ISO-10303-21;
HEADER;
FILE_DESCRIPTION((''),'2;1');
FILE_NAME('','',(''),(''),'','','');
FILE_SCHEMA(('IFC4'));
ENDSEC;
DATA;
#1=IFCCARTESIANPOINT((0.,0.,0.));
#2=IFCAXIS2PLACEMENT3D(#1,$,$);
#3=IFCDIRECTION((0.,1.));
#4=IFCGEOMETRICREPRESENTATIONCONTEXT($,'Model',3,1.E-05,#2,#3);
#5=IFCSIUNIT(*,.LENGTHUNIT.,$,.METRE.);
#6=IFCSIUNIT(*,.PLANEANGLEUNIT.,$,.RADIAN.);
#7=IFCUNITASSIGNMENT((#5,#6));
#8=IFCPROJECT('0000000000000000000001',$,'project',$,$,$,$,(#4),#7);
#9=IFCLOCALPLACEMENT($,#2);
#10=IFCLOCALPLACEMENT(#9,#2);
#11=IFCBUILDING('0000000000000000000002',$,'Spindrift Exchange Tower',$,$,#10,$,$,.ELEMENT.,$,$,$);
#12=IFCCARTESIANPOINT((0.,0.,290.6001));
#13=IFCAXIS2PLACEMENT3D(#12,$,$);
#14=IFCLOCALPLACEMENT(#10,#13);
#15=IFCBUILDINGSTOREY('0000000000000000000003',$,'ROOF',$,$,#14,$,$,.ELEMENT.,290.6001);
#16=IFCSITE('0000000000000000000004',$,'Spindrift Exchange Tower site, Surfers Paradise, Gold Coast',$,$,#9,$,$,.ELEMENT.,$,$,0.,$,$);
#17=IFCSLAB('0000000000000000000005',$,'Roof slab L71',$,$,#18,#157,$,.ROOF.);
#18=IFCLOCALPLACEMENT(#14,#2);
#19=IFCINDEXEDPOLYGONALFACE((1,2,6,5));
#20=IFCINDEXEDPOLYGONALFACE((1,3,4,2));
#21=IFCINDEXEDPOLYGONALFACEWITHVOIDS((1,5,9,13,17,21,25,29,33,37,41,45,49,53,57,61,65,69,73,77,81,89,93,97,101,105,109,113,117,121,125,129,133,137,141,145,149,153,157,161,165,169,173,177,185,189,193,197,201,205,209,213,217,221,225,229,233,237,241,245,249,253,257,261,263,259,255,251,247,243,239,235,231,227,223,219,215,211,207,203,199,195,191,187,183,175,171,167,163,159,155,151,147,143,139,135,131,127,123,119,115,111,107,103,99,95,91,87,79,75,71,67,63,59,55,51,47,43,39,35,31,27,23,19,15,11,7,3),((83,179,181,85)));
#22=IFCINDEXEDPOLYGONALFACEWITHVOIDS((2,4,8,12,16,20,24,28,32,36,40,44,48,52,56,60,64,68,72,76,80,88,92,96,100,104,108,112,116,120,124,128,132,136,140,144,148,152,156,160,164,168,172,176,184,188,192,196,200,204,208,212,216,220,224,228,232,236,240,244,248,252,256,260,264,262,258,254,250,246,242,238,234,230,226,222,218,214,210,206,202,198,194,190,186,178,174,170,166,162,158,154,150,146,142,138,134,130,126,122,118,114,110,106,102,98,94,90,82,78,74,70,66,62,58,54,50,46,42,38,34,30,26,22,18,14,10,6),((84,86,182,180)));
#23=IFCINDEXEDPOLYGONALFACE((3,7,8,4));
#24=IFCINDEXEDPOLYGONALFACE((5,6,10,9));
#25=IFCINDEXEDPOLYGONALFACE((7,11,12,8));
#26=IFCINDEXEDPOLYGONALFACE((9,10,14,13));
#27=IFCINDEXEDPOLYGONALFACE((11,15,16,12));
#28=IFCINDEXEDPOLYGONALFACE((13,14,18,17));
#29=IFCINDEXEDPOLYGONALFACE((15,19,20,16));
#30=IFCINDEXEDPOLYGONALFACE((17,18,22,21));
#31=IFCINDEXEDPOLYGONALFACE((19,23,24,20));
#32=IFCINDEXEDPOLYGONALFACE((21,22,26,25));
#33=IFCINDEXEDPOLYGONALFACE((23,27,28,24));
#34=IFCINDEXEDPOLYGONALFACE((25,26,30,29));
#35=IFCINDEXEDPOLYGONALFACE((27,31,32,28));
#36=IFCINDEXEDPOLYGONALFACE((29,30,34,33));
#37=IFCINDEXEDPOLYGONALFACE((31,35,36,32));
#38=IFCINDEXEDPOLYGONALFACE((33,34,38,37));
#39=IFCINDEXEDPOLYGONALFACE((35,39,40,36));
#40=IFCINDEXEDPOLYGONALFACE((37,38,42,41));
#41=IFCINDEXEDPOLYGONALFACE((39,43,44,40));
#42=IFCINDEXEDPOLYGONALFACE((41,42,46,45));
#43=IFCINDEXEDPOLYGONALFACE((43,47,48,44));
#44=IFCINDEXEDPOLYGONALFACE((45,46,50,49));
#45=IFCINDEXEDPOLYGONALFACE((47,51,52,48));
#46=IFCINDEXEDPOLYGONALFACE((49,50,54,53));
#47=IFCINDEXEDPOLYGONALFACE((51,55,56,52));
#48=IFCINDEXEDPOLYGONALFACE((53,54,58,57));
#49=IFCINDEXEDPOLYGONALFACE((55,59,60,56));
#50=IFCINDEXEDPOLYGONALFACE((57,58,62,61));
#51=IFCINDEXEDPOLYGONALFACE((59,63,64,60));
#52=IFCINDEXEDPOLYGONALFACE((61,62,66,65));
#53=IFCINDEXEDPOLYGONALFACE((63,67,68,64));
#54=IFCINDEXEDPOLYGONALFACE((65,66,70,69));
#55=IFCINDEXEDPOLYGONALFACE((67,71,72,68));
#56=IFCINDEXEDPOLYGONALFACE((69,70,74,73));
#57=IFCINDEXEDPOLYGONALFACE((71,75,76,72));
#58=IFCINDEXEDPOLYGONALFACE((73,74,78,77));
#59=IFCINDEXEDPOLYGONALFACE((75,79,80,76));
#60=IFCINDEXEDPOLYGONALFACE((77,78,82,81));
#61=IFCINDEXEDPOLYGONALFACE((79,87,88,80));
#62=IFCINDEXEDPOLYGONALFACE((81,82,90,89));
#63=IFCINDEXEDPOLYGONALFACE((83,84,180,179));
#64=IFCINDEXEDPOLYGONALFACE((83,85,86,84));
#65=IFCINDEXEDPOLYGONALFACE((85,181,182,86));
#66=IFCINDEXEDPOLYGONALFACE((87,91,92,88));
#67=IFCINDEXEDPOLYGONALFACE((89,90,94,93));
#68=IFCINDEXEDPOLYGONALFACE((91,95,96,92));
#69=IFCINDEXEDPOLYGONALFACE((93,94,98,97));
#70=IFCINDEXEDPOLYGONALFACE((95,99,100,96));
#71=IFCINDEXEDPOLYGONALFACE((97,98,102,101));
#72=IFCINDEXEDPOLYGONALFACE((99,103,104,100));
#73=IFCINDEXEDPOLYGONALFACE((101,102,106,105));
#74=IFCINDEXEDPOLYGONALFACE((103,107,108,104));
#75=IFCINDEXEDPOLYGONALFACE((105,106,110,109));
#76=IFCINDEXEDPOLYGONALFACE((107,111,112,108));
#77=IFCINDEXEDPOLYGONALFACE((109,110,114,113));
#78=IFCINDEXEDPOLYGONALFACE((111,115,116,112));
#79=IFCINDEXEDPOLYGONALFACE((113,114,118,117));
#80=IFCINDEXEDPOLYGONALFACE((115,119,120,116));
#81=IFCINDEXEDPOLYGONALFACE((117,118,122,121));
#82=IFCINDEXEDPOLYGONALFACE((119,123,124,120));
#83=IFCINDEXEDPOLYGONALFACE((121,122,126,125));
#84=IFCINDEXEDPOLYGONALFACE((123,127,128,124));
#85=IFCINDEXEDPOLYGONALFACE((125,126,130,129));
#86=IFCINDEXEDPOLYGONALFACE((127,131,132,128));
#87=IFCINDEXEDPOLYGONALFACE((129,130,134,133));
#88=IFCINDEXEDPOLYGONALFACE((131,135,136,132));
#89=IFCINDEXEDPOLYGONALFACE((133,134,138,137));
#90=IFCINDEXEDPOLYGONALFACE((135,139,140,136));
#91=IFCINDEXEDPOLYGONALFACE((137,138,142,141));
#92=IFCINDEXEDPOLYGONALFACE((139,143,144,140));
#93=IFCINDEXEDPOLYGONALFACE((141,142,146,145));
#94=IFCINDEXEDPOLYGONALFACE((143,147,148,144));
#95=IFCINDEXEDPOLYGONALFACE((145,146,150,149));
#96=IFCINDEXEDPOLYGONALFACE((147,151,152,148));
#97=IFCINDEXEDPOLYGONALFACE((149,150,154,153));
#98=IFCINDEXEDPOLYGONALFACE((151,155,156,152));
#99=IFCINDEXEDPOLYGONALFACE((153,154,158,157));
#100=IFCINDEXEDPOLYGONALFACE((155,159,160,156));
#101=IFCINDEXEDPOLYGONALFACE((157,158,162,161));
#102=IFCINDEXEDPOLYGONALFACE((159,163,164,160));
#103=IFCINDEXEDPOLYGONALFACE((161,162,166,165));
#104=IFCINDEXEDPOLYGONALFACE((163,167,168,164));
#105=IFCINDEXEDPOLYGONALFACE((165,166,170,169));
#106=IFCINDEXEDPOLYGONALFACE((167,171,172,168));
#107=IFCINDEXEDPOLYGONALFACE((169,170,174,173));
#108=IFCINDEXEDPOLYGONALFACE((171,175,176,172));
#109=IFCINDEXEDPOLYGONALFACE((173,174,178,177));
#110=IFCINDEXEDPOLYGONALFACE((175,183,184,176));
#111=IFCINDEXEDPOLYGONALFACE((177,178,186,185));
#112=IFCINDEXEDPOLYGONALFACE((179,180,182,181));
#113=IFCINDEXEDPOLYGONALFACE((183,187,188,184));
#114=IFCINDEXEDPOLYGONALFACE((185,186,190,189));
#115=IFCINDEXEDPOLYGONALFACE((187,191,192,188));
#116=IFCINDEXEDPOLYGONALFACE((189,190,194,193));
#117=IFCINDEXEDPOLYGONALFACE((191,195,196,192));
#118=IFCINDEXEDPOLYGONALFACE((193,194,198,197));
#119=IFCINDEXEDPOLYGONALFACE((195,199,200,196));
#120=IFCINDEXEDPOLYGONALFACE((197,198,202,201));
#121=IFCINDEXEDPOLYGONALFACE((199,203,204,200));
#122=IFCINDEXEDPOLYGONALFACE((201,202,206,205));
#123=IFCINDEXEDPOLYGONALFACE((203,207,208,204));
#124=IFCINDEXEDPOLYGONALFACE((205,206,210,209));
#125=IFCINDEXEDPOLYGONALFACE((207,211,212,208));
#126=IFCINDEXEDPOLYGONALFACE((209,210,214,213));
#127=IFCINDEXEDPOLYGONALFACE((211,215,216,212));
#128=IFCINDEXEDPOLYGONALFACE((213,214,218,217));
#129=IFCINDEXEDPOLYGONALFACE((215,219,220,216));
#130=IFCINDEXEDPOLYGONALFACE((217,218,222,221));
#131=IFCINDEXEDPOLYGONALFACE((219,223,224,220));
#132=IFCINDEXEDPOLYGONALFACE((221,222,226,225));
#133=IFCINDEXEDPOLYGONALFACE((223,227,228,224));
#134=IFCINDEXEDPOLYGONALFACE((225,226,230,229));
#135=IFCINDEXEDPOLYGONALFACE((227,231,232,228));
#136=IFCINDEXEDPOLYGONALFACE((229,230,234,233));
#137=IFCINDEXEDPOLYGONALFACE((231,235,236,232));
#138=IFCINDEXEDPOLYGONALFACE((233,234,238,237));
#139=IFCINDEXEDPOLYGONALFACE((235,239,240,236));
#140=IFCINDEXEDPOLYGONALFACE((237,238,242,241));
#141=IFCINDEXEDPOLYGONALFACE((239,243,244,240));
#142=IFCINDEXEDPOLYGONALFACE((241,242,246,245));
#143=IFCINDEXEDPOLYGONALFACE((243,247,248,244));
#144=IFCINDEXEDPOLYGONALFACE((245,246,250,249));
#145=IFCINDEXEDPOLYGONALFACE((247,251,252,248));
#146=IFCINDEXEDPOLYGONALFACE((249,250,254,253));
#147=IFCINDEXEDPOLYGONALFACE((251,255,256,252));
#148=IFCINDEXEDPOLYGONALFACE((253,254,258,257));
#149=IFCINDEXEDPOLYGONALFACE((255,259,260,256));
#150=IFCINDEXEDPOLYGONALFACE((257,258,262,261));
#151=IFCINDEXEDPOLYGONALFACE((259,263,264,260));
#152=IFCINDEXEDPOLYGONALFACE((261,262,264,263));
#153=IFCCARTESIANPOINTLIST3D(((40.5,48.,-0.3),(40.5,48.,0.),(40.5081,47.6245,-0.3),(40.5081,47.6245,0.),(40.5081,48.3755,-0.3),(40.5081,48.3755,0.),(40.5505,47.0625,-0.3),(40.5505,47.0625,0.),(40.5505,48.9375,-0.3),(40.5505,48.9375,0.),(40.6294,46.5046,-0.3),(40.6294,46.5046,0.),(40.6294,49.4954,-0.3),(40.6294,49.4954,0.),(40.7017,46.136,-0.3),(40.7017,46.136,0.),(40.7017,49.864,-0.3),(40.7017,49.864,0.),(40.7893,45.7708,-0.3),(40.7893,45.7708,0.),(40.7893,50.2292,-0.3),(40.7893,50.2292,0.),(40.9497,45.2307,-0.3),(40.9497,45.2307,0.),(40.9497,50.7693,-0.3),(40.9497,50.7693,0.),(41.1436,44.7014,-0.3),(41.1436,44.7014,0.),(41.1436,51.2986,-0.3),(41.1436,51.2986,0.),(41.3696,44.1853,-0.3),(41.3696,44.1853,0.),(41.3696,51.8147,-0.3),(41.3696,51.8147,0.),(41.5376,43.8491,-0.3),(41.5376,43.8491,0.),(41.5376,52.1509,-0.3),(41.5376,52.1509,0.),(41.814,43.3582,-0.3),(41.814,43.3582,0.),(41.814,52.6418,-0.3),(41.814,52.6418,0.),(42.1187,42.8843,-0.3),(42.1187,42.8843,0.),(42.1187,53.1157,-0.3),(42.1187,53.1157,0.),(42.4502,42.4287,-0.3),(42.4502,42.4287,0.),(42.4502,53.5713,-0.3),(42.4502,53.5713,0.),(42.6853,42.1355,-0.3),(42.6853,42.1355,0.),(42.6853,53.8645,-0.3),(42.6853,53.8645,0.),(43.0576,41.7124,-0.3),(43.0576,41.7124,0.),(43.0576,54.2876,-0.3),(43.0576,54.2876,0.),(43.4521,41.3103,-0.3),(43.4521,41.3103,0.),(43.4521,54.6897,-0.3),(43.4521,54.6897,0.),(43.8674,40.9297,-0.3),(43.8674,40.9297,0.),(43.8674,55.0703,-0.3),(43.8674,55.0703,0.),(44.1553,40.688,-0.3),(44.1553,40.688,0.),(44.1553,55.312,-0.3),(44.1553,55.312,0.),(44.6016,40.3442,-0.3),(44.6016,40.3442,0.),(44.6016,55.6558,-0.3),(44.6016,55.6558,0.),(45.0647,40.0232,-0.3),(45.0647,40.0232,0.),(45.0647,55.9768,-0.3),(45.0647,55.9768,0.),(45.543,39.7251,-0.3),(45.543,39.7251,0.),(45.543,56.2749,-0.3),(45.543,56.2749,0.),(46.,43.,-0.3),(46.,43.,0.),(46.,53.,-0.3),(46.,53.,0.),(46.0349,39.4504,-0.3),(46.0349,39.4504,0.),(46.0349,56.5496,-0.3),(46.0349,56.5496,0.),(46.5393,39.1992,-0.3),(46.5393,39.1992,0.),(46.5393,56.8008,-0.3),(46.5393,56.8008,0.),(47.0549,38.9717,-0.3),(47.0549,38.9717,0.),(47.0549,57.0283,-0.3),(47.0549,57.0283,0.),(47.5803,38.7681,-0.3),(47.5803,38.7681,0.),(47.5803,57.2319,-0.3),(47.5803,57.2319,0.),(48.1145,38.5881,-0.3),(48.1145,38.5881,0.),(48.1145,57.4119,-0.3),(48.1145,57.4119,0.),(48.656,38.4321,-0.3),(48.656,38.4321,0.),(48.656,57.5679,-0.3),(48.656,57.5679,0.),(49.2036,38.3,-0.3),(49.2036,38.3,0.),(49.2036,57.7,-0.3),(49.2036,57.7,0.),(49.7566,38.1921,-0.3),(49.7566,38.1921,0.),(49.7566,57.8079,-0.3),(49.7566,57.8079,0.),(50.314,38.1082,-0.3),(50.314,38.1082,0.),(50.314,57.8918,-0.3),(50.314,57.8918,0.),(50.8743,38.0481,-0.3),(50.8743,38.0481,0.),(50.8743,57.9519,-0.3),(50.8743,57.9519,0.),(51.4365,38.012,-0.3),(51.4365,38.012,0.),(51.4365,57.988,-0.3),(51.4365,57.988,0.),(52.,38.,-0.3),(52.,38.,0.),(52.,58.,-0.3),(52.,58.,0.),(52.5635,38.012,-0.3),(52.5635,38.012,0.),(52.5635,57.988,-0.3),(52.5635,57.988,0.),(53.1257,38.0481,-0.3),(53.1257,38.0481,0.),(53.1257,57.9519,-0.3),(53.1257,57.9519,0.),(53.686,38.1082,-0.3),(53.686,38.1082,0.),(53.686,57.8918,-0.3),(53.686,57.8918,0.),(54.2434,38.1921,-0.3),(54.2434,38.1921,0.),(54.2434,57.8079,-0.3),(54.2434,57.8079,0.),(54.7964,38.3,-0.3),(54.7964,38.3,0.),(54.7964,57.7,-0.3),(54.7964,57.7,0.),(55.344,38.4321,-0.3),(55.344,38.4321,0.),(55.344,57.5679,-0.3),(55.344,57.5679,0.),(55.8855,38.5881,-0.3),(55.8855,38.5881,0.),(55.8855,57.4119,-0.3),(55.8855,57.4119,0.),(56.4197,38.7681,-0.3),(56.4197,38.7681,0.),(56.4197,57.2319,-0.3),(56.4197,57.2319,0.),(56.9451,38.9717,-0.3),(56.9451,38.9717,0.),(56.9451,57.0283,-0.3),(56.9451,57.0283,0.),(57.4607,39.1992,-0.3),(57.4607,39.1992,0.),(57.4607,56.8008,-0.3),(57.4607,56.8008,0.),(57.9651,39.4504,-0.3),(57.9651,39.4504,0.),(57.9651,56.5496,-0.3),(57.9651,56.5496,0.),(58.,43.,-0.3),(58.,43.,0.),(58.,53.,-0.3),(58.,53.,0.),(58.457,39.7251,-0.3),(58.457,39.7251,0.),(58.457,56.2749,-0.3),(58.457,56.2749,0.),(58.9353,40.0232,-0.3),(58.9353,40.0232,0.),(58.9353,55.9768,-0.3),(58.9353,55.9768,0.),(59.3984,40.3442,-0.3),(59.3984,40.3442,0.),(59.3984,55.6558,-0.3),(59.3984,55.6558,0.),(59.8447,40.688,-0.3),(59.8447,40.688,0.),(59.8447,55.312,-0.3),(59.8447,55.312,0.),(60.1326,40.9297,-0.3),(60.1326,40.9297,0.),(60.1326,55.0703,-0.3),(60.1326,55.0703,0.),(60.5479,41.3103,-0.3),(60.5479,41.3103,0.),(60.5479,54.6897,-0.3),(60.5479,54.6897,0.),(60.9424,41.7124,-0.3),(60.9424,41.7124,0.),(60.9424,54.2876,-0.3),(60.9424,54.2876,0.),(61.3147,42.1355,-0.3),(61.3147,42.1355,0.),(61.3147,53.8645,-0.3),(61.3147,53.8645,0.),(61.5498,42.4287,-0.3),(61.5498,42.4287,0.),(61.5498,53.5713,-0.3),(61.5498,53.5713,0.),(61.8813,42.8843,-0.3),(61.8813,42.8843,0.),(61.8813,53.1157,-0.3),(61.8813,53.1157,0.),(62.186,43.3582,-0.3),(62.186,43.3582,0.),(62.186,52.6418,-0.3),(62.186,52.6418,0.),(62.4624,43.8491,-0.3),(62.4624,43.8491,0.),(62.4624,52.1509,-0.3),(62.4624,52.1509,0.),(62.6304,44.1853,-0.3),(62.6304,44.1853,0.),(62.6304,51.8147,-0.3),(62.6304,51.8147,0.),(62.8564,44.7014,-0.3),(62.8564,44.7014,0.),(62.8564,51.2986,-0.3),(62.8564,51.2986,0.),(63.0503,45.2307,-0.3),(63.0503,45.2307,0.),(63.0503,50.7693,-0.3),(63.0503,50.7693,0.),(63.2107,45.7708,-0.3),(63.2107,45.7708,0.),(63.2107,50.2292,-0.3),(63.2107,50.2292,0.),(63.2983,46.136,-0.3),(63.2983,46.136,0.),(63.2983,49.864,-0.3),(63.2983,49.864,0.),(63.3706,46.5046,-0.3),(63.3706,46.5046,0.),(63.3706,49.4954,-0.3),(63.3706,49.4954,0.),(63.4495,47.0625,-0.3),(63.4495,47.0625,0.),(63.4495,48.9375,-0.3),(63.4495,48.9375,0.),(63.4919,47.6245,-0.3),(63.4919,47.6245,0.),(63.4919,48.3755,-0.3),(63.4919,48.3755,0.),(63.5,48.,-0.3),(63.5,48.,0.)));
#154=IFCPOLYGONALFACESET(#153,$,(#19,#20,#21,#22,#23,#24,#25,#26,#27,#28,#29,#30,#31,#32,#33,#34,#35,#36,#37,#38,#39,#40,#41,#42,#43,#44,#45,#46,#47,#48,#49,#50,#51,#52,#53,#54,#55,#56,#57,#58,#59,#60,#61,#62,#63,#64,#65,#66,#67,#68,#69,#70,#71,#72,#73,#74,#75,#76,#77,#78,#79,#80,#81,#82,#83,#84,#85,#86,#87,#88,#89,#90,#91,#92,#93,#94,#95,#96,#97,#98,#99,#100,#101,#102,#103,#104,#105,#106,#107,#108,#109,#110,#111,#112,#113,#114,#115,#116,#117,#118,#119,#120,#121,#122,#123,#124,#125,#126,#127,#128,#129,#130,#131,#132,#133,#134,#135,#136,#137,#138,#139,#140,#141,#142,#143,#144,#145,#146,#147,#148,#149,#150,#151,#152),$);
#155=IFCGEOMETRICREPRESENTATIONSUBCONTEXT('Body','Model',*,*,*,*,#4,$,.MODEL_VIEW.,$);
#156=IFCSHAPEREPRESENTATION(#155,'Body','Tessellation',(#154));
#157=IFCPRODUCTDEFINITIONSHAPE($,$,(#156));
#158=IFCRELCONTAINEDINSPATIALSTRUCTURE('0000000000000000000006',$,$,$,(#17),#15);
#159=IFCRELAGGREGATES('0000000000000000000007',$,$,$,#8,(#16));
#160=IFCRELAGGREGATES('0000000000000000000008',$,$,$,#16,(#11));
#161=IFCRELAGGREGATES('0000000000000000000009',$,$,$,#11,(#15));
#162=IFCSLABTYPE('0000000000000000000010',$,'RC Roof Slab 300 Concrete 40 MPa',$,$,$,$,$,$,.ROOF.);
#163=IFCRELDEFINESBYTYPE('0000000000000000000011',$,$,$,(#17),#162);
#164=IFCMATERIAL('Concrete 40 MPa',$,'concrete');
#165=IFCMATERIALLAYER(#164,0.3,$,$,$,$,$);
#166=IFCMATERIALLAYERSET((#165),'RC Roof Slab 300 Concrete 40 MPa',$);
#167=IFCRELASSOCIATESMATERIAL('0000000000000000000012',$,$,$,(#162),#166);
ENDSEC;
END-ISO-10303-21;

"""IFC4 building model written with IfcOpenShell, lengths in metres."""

from ifc_helpers import new_model, si_unit, direction, frame, origin, place, context, subcontext, project, spatial, line, indexed_curve, outline, extrude, material, layer, layer_set, type_object, element, save


model = new_model("IFC4")

# Units and contexts
model_context = context("Model", 3, precision=1e-05, world=origin(), true_north=direction((0.0, 1.0)))
body_context = subcontext(model_context, "Body", "Model", "MODEL_VIEW")
ifc_project = project(units=[si_unit("LENGTHUNIT", "METRE"), si_unit("PLANEANGLEUNIT", "RADIAN")], contexts=[model_context])

# Site, building, storey
site_placement = place(None, origin())
site = spatial("IfcSite", under=ifc_project, at=site_placement, Name="Spindrift Exchange Tower site, Surfers Paradise, Gold Coast", CompositionType="ELEMENT", RefElevation=0.0)
building_placement = place(site_placement, origin())
building = spatial("IfcBuilding", under=site, at=building_placement, Name="Spindrift Exchange Tower", CompositionType="ELEMENT")
storey_placement = place(building_placement, frame((0.0, 0.0, 290.6001)))
storey = spatial("IfcBuildingStorey", under=building, at=storey_placement, Name="ROOF", CompositionType="ELEMENT", Elevation=290.6001)

# Slab
ifc_material_1 = material(Name="Concrete 40 MPa", Category="concrete")
ifc_layer_1 = layer(ifc_material_1, 0.3)
ifc_layer_set_1 = layer_set([ifc_layer_1], Name="RC Roof Slab 300 Concrete 40 MPa")
slab_type_1 = type_object("IfcSlabType", Name="RC Roof Slab 300 Concrete 40 MPa", PredefinedType="ROOF", material=ifc_layer_set_1)
slab_1_placement = place(storey_placement, frame((0.0, 0.0, -0.3)))
element("IfcSlab", 1, at=slab_1_placement, inside=storey, type_object=slab_type_1, Name="Roof slab L71", PredefinedType="ROOF", context=body_context, shape_type="SweptSolid", body=[
    extrude(outline(indexed_curve([(63.5, 48.0), (63.4919, 48.3755), (63.4495, 48.9375), (63.3706, 49.4954), (63.2983, 49.864), (63.2107, 50.2292), (63.0503, 50.7693), (62.8564, 51.2986), (62.6304, 51.8147), (62.4624, 52.1509), (62.186, 52.6418), (61.8813, 53.1157), (61.5498, 53.5713), (61.3147, 53.8645), (60.9424, 54.2876), (60.5479, 54.6897), (60.1326, 55.0703), (59.8447, 55.312), (59.3984, 55.6558), (58.9353, 55.9768), (58.457, 56.2749), (57.9651, 56.5496), (57.4607, 56.8008), (56.9451, 57.0283), (56.4197, 57.2319), (55.8855, 57.4119), (55.344, 57.5679), (54.7964, 57.7), (54.2434, 57.8079), (53.686, 57.8918), (53.1257, 57.9519), (52.5635, 57.988), (52.0, 58.0), (51.4365, 57.988), (50.8743, 57.9519), (50.314, 57.8918), (49.7566, 57.8079), (49.2036, 57.7), (48.656, 57.5679), (48.1145, 57.4119), (47.5803, 57.2319), (47.0549, 57.0283), (46.5393, 56.8008), (46.0349, 56.5496), (45.543, 56.2749), (45.0647, 55.9768), (44.6016, 55.6558), (44.1553, 55.312), (43.8674, 55.0703), (43.4521, 54.6897), (43.0576, 54.2876), (42.6853, 53.8645), (42.4502, 53.5713), (42.1187, 53.1157), (41.814, 52.6418), (41.5376, 52.1509), (41.3696, 51.8147), (41.1436, 51.2986), (40.9497, 50.7693), (40.7893, 50.2292), (40.7017, 49.864), (40.6294, 49.4954), (40.5505, 48.9375), (40.5081, 48.3755), (40.5, 48.0), (40.5081, 47.6245), (40.5505, 47.0625), (40.6294, 46.5046), (40.7017, 46.136), (40.7893, 45.7708), (40.9497, 45.2307), (41.1436, 44.7014), (41.3696, 44.1853), (41.5376, 43.8491), (41.814, 43.3582), (42.1187, 42.8843), (42.4502, 42.4287), (42.6853, 42.1355), (43.0576, 41.7124), (43.4521, 41.3103), (43.8674, 40.9297), (44.1553, 40.688), (44.6016, 40.3442), (45.0647, 40.0232), (45.543, 39.7251), (46.0349, 39.4504), (46.5393, 39.1992), (47.0549, 38.9717), (47.5803, 38.7681), (48.1145, 38.5881), (48.656, 38.4321), (49.2036, 38.3), (49.7566, 38.1921), (50.314, 38.1082), (50.8743, 38.0481), (51.4365, 38.012), (52.0, 38.0), (52.5635, 38.012), (53.1257, 38.0481), (53.686, 38.1082), (54.2434, 38.1921), (54.7964, 38.3), (55.344, 38.4321), (55.8855, 38.5881), (56.4197, 38.7681), (56.9451, 38.9717), (57.4607, 39.1992), (57.9651, 39.4504), (58.457, 39.7251), (58.9353, 40.0232), (59.3984, 40.3442), (59.8447, 40.688), (60.1326, 40.9297), (60.5479, 41.3103), (60.9424, 41.7124), (61.3147, 42.1355), (61.5498, 42.4287), (61.8813, 42.8843), (62.186, 43.3582), (62.4624, 43.8491), (62.6304, 44.1853), (62.8564, 44.7014), (63.0503, 45.2307), (63.2107, 45.7708), (63.2983, 46.136), (63.3706, 46.5046), (63.4495, 47.0625), (63.4919, 47.6245)], segments=[line(1, 2, 3, 4, 5, 6, 7, 8, 9, 10, 11, 12, 13, 14, 15, 16, 17, 18, 19, 20, 21, 22, 23, 24, 25, 26, 27, 28, 29, 30, 31, 32, 33, 34, 35, 36, 37, 38, 39, 40, 41, 42, 43, 44, 45, 46, 47, 48, 49, 50, 51, 52, 53, 54, 55, 56, 57, 58, 59, 60, 61, 62, 63, 64, 65, 66, 67, 68, 69, 70, 71, 72, 73, 74, 75, 76, 77, 78, 79, 80, 81, 82, 83, 84, 85, 86, 87, 88, 89, 90, 91, 92, 93, 94, 95, 96, 97, 98, 99, 100, 101, 102, 103, 104, 105, 106, 107, 108, 109, 110, 111, 112, 113, 114, 115, 116, 117, 118, 119, 120, 121, 122, 123, 124, 125, 126, 127, 128, 1)], self_intersect=False), holes=[indexed_curve([(46.0, 43.0), (58.0, 43.0), (58.0, 53.0), (46.0, 53.0)], segments=[line(1, 2, 3, 4, 1)], self_intersect=False)]), origin(), (0.0, 0.0, 1.0), 0.3),
])

save(model, "model.ifc")
